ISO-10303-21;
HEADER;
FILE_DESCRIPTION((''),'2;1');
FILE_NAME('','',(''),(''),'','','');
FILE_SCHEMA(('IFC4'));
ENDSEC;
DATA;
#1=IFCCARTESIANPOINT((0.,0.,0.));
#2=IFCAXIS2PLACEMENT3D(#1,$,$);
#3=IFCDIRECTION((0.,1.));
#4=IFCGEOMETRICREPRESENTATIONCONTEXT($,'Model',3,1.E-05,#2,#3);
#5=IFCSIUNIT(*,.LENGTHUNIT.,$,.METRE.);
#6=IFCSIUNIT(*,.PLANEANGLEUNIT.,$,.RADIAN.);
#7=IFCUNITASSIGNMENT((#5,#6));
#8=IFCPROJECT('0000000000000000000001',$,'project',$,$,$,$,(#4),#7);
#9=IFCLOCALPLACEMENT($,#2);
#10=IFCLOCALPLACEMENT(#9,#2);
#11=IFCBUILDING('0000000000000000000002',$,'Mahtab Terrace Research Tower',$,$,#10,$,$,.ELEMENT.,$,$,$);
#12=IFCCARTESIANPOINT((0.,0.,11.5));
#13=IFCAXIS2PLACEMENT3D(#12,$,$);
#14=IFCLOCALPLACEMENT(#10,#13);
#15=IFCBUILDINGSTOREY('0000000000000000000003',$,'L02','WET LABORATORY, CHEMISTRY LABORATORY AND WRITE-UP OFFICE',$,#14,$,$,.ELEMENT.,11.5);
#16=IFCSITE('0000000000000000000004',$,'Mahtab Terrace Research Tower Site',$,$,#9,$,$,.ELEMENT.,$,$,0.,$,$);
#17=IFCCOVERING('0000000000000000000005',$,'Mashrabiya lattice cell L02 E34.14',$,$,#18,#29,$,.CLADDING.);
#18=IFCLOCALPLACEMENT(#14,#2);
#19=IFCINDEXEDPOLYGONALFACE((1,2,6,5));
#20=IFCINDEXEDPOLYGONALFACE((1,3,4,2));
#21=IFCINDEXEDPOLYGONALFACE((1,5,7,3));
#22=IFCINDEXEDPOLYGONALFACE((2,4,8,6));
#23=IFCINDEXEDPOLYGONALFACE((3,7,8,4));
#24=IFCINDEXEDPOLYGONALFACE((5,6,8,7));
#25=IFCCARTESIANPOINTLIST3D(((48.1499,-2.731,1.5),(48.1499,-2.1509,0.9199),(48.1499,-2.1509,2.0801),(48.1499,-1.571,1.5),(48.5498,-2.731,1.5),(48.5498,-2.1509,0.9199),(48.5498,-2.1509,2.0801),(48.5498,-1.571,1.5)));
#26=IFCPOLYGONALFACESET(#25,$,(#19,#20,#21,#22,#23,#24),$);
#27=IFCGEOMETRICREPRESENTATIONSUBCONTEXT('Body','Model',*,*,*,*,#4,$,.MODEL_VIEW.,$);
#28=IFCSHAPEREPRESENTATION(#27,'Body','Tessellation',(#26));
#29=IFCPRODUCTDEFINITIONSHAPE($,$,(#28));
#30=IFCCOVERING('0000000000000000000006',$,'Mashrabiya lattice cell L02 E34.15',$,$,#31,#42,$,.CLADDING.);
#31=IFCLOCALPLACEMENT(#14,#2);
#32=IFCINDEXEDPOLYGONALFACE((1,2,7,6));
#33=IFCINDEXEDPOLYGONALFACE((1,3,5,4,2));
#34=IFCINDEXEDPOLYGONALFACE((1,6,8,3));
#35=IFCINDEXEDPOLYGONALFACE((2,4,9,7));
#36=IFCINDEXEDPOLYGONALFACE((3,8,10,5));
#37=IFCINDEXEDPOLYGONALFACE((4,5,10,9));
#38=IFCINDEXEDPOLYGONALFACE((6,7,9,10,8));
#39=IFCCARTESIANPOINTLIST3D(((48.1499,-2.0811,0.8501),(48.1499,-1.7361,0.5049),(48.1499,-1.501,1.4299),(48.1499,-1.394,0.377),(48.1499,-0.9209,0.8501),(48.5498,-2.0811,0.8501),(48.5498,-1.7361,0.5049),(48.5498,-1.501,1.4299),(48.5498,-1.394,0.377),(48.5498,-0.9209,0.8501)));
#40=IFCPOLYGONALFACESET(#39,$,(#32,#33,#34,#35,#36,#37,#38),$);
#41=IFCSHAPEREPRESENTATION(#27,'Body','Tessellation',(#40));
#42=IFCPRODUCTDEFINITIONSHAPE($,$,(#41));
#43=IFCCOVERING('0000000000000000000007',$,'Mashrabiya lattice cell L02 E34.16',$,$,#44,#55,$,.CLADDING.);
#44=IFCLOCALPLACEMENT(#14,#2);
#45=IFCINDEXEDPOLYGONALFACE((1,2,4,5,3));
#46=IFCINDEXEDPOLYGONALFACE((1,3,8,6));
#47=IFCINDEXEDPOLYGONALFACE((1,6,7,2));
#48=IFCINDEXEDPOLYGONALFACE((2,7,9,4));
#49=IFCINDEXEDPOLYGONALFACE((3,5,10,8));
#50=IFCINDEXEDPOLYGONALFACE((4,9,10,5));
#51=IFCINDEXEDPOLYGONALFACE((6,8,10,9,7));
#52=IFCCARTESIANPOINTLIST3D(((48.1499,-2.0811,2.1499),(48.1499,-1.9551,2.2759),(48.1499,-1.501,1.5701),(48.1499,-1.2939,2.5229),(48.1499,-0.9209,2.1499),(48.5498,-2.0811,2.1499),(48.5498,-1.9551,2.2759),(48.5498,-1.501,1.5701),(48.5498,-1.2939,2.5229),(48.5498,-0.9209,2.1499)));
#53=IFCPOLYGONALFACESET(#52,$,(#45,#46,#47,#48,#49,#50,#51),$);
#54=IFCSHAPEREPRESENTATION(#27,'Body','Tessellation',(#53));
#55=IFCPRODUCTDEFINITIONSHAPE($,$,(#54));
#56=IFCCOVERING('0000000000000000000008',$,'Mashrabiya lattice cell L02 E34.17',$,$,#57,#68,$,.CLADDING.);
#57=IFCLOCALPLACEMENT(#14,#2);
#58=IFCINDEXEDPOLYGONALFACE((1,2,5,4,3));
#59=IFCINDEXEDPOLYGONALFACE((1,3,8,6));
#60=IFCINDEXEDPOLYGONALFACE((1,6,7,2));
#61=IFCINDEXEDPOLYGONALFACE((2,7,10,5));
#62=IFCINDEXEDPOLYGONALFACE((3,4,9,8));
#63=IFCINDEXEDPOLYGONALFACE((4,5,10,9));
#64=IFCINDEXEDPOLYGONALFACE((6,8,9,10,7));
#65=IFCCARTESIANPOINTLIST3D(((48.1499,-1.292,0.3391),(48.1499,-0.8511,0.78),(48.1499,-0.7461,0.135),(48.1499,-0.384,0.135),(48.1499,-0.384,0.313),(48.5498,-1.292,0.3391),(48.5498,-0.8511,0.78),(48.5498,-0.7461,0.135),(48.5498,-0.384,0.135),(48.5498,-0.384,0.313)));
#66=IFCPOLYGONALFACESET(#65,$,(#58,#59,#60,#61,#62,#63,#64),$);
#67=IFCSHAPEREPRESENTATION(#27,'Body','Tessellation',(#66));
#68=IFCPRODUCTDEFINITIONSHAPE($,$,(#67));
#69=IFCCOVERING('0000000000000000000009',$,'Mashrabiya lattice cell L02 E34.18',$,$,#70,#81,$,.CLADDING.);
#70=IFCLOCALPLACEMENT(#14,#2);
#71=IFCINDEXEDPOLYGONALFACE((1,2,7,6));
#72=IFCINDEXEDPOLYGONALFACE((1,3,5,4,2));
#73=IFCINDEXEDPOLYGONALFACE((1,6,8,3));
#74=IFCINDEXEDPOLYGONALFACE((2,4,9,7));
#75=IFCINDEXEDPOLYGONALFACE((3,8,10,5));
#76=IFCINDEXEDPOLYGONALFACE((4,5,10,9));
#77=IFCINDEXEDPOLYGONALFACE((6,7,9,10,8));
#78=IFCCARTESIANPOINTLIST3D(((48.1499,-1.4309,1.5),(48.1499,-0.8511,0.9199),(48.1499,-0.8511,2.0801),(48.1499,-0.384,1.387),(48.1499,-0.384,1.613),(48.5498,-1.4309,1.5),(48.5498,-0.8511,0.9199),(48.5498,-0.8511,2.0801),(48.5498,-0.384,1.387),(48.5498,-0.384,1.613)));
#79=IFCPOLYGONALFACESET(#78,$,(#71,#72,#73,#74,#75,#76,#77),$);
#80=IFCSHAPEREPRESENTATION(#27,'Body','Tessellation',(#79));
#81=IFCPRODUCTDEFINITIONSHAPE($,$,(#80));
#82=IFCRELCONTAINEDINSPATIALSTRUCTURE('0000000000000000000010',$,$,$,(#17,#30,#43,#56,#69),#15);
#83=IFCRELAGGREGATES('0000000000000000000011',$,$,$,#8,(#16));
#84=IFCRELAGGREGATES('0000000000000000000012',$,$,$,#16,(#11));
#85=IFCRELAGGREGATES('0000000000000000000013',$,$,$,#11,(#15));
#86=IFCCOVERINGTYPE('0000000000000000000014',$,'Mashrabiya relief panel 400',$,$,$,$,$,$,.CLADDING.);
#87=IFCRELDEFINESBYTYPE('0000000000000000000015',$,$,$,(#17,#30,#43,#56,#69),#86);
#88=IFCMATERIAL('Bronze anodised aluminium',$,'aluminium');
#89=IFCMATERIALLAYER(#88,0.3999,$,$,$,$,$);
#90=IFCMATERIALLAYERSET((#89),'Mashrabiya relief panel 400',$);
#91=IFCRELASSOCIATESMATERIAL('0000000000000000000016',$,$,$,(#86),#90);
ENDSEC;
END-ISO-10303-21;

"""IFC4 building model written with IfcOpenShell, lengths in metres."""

from ifc_helpers import new_model, si_unit, direction, frame, origin, place, context, subcontext, project, spatial, polyline, outline, extrude, material, layer, layer_set, type_object, element, save


model = new_model("IFC4")

# Units and contexts
model_context = context("Model", 3, precision=1e-05, world=origin(), true_north=direction((0.0, 1.0)))
body_context = subcontext(model_context, "Body", "Model", "MODEL_VIEW")
ifc_project = project(units=[si_unit("LENGTHUNIT", "METRE"), si_unit("PLANEANGLEUNIT", "RADIAN")], contexts=[model_context])

# Site, building, storey
site_placement = place(None, origin())
site = spatial("IfcSite", under=ifc_project, at=site_placement, Name="Mahtab Terrace Research Tower Site", CompositionType="ELEMENT", RefElevation=0.0)
building_placement = place(site_placement, origin())
building = spatial("IfcBuilding", under=site, at=building_placement, Name="Mahtab Terrace Research Tower", CompositionType="ELEMENT")
storey_placement = place(building_placement, frame((0.0, 0.0, 11.5)))
storey = spatial("IfcBuildingStorey", under=building, at=storey_placement, Name="L02", Description="WET LABORATORY, CHEMISTRY LABORATORY AND WRITE-UP OFFICE", CompositionType="ELEMENT", Elevation=11.5)

# Coverings
ifc_material = material(Name="Bronze anodised aluminium", Category="aluminium")
ifc_layer = layer(ifc_material, 0.3999)
ifc_layer_set = layer_set([ifc_layer], Name="Mashrabiya relief panel 400")
covering_type = type_object("IfcCoveringType", Name="Mashrabiya relief panel 400", PredefinedType="CLADDING", material=ifc_layer_set)
covering_1_placement = place(storey_placement, frame((48.1499, -2.1509, 2.0801), z_axis=(-1.0, 0.0, 0.0), x_axis=(0.0, 0.706958, -0.707256)))
element("IfcCovering", 1, at=covering_1_placement, inside=storey, type_object=covering_type, Name="Mashrabiya lattice cell L02 E34.14", PredefinedType="CLADDING", context=body_context, shape_type="SweptSolid", body=[
    extrude(outline(polyline([(0.0, 0.0), (0.8202, 0.0), (0.8205, 0.8202), (0.0002, 0.8204), (0.0, 0.0)])), origin(), (0.0, 0.0, -1.0), 0.3999),
])
covering_2_placement = place(storey_placement, frame((48.1499, -2.0811, 0.8501), z_axis=(-1.0, 0.0, 0.0), x_axis=(0.0, 0.707256, 0.706958)))
element("IfcCovering", 2, at=covering_2_placement, inside=storey, type_object=covering_type, Name="Mashrabiya lattice cell L02 E34.15", PredefinedType="CLADDING", context=body_context, shape_type="SweptSolid", body=[
    extrude(outline(polyline([(0.0, 0.0), (0.8202, 0.0), (0.8205, 0.8202), (0.1514, 0.8203), (-0.0001, 0.488), (0.0, 0.0)])), origin(), (0.0, 0.0, -1.0), 0.3999),
])
covering_3_placement = place(storey_placement, frame((48.1499, -0.9209, 2.1499), z_axis=(-1.0, 0.0, 0.0), x_axis=(0.0, -0.707256, -0.706958)))
element("IfcCovering", 3, at=covering_3_placement, inside=storey, type_object=covering_type, Name="Mashrabiya lattice cell L02 E34.16", PredefinedType="CLADDING", context=body_context, shape_type="SweptSolid", body=[
    extrude(outline(polyline([(0.0, 0.0), (0.8202, 0.0), (0.8205, 0.8202), (0.6424, 0.8202), (0.0001, 0.5276), (0.0, 0.0)])), origin(), (0.0, 0.0, -1.0), 0.3999),
])
covering_4_placement = place(storey_placement, frame((48.1499, -0.8511, 0.78), z_axis=(-1.0, 0.0, 0.0), x_axis=(0.0, 0.707107, -0.707107)))
element("IfcCovering", 4, at=covering_4_placement, inside=storey, type_object=covering_type, Name="Mashrabiya lattice cell L02 E34.17", PredefinedType="CLADDING", context=body_context, shape_type="SweptSolid", body=[
    extrude(outline(polyline([(0.0, 0.0), (0.6605, 0.0), (0.7863, 0.1258), (0.5303, 0.3819), (0.0, 0.6236), (0.0, 0.0)])), origin(), (0.0, 0.0, -1.0), 0.3999),
])
covering_5_placement = place(storey_placement, frame((48.1499, -0.8511, 0.9199), z_axis=(-1.0, 0.0, 0.0), x_axis=(0.0, -0.706958, 0.707256)))
element("IfcCovering", 5, at=covering_5_placement, inside=storey, type_object=covering_type, Name="Mashrabiya lattice cell L02 E34.18", PredefinedType="CLADDING", context=body_context, shape_type="SweptSolid", body=[
    extrude(outline(polyline([(0.0, 0.0), (0.8202, 0.0), (0.8205, 0.8202), (0.16, 0.8203), (0.0001, 0.6605), (0.0, 0.0)])), origin(), (0.0, 0.0, -1.0), 0.3999),
])

save(model, "model.ifc")
